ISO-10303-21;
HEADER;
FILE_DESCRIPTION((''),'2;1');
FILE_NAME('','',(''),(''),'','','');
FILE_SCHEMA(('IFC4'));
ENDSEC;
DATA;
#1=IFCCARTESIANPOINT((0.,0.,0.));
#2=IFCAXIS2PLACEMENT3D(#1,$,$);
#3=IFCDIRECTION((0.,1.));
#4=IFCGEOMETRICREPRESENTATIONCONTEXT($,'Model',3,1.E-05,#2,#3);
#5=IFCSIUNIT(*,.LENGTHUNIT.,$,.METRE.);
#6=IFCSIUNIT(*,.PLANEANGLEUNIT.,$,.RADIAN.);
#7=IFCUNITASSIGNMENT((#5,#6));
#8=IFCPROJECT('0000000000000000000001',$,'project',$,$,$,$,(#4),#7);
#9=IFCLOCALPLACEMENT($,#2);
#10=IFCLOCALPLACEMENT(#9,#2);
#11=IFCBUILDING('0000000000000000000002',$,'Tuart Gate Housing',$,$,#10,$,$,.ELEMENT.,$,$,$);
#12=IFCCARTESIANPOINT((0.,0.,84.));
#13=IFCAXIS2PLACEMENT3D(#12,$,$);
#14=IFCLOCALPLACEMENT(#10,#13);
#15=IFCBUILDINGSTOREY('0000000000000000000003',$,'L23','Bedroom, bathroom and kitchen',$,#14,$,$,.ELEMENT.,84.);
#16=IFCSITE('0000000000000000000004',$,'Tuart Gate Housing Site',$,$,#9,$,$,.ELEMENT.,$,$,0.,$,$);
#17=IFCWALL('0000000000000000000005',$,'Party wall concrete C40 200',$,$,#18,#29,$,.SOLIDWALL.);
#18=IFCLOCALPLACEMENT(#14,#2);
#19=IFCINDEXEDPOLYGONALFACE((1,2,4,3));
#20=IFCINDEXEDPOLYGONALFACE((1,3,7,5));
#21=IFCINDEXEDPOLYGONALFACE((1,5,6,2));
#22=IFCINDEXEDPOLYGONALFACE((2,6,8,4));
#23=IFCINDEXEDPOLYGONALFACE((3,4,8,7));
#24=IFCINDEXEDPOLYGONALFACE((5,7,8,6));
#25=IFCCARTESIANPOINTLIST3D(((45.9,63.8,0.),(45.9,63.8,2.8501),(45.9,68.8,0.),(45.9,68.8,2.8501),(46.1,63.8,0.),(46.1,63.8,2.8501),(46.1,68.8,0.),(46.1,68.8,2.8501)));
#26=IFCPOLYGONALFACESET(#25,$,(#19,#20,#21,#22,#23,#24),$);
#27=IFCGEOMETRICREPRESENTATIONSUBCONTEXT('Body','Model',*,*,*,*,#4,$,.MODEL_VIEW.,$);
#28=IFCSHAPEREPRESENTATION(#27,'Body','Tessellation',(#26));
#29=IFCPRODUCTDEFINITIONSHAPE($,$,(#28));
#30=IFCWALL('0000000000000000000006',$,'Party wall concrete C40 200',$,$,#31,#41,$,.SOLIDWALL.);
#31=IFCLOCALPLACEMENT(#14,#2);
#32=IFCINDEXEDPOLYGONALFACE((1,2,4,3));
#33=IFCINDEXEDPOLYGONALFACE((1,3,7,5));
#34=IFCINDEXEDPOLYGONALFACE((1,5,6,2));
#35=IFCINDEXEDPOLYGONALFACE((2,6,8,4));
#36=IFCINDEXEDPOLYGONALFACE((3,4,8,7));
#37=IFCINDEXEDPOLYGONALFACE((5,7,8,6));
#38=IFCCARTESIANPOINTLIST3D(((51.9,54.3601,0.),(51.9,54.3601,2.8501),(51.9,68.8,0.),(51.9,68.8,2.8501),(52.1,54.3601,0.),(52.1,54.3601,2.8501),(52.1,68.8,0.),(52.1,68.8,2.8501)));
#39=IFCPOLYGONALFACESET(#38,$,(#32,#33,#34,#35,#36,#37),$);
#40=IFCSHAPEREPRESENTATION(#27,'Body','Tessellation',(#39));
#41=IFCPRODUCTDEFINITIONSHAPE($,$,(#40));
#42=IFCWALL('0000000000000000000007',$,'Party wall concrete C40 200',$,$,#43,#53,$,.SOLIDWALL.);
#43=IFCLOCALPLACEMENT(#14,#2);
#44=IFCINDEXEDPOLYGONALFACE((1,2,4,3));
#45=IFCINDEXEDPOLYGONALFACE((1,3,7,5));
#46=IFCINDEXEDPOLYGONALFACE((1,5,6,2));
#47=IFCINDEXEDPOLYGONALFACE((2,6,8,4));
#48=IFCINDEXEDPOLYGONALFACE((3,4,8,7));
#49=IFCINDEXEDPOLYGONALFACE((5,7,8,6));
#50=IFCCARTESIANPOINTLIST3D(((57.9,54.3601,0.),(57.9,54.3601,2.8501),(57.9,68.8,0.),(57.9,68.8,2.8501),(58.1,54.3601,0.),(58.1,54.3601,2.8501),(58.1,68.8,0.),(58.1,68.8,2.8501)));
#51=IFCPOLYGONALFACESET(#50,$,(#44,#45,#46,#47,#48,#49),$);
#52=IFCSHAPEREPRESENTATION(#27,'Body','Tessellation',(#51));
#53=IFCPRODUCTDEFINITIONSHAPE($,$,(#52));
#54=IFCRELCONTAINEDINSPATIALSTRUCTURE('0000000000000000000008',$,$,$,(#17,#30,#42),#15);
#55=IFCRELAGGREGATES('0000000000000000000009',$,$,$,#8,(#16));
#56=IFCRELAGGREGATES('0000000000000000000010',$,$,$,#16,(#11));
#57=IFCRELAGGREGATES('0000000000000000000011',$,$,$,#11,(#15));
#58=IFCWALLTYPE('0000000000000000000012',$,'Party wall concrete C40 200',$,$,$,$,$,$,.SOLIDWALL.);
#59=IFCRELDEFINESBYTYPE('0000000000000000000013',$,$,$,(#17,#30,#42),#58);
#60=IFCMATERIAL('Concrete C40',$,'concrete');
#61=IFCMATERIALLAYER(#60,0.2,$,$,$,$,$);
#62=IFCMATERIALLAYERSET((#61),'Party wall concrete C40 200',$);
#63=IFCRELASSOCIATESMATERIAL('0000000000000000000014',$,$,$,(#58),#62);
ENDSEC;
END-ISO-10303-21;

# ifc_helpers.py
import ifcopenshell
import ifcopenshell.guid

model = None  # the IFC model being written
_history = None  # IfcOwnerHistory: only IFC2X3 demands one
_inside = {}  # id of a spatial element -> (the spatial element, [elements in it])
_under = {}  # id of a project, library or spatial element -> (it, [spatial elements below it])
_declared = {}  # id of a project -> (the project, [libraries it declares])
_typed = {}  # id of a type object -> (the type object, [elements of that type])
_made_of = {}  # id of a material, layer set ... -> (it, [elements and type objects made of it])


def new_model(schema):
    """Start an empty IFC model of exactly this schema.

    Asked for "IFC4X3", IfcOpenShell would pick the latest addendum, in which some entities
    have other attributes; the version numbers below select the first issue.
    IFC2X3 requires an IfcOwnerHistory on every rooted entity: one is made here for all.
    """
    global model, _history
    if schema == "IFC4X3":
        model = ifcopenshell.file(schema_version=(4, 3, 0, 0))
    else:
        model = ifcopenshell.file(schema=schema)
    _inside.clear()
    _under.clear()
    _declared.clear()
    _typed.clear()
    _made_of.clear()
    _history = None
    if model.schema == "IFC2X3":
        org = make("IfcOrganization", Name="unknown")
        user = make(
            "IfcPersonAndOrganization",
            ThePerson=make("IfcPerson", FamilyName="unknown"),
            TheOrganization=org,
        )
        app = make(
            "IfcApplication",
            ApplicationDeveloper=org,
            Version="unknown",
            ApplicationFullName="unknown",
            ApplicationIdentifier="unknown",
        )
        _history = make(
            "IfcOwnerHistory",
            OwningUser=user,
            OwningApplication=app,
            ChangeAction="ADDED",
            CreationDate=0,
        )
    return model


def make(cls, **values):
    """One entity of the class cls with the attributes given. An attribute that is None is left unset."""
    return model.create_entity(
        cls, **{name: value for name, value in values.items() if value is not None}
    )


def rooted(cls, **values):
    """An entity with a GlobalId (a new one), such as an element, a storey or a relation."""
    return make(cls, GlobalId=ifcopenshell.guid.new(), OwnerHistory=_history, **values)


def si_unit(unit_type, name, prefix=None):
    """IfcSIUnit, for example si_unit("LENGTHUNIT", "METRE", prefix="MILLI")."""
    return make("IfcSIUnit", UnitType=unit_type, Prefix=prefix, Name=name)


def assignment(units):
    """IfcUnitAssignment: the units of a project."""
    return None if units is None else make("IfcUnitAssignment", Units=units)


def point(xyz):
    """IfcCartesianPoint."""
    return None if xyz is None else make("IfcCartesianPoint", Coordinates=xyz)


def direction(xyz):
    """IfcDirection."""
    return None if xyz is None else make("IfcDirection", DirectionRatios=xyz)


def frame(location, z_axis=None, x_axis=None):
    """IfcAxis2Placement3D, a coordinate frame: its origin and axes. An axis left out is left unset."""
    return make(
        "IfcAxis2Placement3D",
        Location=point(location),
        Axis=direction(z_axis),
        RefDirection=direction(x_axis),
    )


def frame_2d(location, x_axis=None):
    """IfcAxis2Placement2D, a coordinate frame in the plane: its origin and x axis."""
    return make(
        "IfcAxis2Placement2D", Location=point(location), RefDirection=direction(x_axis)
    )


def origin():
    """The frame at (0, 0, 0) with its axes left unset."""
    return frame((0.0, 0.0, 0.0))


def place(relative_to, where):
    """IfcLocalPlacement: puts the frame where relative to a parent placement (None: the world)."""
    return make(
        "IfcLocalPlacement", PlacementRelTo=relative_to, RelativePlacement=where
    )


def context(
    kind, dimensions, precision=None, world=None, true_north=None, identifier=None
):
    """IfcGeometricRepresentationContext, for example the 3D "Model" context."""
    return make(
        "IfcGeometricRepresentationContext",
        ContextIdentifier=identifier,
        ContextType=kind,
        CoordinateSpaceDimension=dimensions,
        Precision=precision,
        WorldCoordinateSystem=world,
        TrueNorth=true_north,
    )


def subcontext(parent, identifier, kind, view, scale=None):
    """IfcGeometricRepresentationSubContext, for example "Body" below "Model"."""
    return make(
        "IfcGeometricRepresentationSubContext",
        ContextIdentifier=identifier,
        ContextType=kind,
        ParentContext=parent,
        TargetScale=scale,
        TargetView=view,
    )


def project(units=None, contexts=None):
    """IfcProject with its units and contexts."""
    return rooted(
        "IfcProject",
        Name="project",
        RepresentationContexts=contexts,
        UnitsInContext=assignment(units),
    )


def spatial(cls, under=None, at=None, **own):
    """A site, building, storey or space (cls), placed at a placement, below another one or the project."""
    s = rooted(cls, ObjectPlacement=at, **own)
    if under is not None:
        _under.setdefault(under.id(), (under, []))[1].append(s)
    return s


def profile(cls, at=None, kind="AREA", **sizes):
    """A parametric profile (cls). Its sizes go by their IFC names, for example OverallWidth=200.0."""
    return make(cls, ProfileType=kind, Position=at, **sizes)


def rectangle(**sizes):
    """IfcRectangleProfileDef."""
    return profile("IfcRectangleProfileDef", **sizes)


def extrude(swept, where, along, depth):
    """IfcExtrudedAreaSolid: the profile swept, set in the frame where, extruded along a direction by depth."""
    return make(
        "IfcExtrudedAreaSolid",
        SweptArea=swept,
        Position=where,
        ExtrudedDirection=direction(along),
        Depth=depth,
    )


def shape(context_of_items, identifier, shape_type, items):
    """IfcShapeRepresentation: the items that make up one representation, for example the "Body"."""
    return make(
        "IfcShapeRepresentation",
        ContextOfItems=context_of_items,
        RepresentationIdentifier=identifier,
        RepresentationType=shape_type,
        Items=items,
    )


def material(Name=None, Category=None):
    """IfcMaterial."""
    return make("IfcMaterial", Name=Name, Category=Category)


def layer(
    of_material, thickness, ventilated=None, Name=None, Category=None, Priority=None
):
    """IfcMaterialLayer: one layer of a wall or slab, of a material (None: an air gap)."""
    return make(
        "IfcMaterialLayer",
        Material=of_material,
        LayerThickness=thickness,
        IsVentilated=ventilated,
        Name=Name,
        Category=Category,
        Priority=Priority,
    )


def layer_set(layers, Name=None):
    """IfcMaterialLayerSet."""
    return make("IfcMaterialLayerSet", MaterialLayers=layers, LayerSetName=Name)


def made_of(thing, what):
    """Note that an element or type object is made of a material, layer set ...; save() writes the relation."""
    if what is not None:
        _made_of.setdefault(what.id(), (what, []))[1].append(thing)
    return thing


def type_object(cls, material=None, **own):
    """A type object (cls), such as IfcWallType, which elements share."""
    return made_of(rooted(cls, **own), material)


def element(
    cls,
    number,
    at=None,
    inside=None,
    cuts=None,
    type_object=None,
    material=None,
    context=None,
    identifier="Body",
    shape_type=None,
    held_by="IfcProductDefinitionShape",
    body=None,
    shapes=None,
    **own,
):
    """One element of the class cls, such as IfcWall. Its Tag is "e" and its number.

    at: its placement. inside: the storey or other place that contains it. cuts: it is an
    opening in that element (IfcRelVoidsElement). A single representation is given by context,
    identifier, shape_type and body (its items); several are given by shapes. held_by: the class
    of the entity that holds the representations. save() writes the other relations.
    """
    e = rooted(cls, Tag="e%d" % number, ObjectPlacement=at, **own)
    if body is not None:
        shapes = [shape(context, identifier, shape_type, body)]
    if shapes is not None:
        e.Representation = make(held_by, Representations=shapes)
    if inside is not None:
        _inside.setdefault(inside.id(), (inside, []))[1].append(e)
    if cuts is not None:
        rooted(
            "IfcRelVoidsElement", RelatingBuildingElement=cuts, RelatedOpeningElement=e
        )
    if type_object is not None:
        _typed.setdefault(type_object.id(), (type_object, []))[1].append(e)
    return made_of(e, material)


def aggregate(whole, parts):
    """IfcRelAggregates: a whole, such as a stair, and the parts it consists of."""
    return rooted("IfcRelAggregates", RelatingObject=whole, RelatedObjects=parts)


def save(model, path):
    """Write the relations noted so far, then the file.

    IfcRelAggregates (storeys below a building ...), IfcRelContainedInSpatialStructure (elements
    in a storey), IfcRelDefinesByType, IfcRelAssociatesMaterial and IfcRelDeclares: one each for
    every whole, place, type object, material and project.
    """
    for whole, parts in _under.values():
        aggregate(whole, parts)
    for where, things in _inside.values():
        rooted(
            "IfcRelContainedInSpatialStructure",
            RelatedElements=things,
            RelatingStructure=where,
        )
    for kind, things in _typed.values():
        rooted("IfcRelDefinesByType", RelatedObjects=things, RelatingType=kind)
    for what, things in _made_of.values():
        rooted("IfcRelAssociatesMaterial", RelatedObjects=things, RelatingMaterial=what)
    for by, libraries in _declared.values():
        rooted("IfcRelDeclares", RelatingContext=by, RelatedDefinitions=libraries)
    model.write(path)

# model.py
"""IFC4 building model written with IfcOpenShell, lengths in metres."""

from ifc_helpers import new_model, si_unit, direction, frame, frame_2d, origin, place, context, subcontext, project, spatial, rectangle, extrude, material, layer, layer_set, type_object, element, save


model = new_model("IFC4")

# Units and contexts
model_context = context("Model", 3, precision=1e-05, world=origin(), true_north=direction((0.0, 1.0)))
body_context = subcontext(model_context, "Body", "Model", "MODEL_VIEW")
ifc_project = project(units=[si_unit("LENGTHUNIT", "METRE"), si_unit("PLANEANGLEUNIT", "RADIAN")], contexts=[model_context])

# Site, building, storey
site_placement = place(None, origin())
site = spatial("IfcSite", under=ifc_project, at=site_placement, Name="Tuart Gate Housing Site", CompositionType="ELEMENT", RefElevation=0.0)
building_placement = place(site_placement, origin())
building = spatial("IfcBuilding", under=site, at=building_placement, Name="Tuart Gate Housing", CompositionType="ELEMENT")
storey_placement = place(building_placement, frame((0.0, 0.0, 84.0)))
storey = spatial("IfcBuildingStorey", under=building, at=storey_placement, Name="L23", Description="Bedroom, bathroom and kitchen", CompositionType="ELEMENT", Elevation=84.0)

# Walls
ifc_material_1 = material(Name="Concrete C40", Category="concrete")
ifc_layer_1 = layer(ifc_material_1, 0.2)
ifc_layer_set_1 = layer_set([ifc_layer_1], Name="Party wall concrete C40 200")
wall_type_1 = type_object("IfcWallType", Name="Party wall concrete C40 200", PredefinedType="SOLIDWALL", material=ifc_layer_set_1)
wall_1_placement = place(storey_placement, frame((46.0, 63.8, 0.0), z_axis=(0.0, 0.0, 1.0), x_axis=(0.0, 1.0, 0.0)))
element("IfcWall", 1, at=wall_1_placement, inside=storey, type_object=wall_type_1, Name="Party wall concrete C40 200", PredefinedType="SOLIDWALL", context=body_context, shape_type="SweptSolid", body=[
    extrude(rectangle(XDim=5.0, YDim=0.2, at=frame_2d((2.5, 0.0))), origin(), (0.0, 0.0, 1.0), 2.8501),
])
for number, where, z_axis, x_axis, name in (
    (2, (52.0, 54.3601, 0.0), (0.0, 0.0, 1.0), (0.0, 1.0, 0.0), "Party wall concrete C40 200"),
    (3, (58.0, 54.3601, 0.0), (0.0, 0.0, 1.0), (0.0, 1.0, 0.0), "Party wall concrete C40 200"),
):
    element("IfcWall", number, at=place(storey_placement, frame(where, z_axis=z_axis, x_axis=x_axis)), inside=storey, type_object=wall_type_1, Name=name, PredefinedType="SOLIDWALL", context=body_context, shape_type="SweptSolid", body=[
        extrude(rectangle(XDim=14.4399, YDim=0.2, at=frame_2d((7.22, 0.0))), origin(), (0.0, 0.0, 1.0), 2.8501),
    ])

save(model, "model.ifc")
